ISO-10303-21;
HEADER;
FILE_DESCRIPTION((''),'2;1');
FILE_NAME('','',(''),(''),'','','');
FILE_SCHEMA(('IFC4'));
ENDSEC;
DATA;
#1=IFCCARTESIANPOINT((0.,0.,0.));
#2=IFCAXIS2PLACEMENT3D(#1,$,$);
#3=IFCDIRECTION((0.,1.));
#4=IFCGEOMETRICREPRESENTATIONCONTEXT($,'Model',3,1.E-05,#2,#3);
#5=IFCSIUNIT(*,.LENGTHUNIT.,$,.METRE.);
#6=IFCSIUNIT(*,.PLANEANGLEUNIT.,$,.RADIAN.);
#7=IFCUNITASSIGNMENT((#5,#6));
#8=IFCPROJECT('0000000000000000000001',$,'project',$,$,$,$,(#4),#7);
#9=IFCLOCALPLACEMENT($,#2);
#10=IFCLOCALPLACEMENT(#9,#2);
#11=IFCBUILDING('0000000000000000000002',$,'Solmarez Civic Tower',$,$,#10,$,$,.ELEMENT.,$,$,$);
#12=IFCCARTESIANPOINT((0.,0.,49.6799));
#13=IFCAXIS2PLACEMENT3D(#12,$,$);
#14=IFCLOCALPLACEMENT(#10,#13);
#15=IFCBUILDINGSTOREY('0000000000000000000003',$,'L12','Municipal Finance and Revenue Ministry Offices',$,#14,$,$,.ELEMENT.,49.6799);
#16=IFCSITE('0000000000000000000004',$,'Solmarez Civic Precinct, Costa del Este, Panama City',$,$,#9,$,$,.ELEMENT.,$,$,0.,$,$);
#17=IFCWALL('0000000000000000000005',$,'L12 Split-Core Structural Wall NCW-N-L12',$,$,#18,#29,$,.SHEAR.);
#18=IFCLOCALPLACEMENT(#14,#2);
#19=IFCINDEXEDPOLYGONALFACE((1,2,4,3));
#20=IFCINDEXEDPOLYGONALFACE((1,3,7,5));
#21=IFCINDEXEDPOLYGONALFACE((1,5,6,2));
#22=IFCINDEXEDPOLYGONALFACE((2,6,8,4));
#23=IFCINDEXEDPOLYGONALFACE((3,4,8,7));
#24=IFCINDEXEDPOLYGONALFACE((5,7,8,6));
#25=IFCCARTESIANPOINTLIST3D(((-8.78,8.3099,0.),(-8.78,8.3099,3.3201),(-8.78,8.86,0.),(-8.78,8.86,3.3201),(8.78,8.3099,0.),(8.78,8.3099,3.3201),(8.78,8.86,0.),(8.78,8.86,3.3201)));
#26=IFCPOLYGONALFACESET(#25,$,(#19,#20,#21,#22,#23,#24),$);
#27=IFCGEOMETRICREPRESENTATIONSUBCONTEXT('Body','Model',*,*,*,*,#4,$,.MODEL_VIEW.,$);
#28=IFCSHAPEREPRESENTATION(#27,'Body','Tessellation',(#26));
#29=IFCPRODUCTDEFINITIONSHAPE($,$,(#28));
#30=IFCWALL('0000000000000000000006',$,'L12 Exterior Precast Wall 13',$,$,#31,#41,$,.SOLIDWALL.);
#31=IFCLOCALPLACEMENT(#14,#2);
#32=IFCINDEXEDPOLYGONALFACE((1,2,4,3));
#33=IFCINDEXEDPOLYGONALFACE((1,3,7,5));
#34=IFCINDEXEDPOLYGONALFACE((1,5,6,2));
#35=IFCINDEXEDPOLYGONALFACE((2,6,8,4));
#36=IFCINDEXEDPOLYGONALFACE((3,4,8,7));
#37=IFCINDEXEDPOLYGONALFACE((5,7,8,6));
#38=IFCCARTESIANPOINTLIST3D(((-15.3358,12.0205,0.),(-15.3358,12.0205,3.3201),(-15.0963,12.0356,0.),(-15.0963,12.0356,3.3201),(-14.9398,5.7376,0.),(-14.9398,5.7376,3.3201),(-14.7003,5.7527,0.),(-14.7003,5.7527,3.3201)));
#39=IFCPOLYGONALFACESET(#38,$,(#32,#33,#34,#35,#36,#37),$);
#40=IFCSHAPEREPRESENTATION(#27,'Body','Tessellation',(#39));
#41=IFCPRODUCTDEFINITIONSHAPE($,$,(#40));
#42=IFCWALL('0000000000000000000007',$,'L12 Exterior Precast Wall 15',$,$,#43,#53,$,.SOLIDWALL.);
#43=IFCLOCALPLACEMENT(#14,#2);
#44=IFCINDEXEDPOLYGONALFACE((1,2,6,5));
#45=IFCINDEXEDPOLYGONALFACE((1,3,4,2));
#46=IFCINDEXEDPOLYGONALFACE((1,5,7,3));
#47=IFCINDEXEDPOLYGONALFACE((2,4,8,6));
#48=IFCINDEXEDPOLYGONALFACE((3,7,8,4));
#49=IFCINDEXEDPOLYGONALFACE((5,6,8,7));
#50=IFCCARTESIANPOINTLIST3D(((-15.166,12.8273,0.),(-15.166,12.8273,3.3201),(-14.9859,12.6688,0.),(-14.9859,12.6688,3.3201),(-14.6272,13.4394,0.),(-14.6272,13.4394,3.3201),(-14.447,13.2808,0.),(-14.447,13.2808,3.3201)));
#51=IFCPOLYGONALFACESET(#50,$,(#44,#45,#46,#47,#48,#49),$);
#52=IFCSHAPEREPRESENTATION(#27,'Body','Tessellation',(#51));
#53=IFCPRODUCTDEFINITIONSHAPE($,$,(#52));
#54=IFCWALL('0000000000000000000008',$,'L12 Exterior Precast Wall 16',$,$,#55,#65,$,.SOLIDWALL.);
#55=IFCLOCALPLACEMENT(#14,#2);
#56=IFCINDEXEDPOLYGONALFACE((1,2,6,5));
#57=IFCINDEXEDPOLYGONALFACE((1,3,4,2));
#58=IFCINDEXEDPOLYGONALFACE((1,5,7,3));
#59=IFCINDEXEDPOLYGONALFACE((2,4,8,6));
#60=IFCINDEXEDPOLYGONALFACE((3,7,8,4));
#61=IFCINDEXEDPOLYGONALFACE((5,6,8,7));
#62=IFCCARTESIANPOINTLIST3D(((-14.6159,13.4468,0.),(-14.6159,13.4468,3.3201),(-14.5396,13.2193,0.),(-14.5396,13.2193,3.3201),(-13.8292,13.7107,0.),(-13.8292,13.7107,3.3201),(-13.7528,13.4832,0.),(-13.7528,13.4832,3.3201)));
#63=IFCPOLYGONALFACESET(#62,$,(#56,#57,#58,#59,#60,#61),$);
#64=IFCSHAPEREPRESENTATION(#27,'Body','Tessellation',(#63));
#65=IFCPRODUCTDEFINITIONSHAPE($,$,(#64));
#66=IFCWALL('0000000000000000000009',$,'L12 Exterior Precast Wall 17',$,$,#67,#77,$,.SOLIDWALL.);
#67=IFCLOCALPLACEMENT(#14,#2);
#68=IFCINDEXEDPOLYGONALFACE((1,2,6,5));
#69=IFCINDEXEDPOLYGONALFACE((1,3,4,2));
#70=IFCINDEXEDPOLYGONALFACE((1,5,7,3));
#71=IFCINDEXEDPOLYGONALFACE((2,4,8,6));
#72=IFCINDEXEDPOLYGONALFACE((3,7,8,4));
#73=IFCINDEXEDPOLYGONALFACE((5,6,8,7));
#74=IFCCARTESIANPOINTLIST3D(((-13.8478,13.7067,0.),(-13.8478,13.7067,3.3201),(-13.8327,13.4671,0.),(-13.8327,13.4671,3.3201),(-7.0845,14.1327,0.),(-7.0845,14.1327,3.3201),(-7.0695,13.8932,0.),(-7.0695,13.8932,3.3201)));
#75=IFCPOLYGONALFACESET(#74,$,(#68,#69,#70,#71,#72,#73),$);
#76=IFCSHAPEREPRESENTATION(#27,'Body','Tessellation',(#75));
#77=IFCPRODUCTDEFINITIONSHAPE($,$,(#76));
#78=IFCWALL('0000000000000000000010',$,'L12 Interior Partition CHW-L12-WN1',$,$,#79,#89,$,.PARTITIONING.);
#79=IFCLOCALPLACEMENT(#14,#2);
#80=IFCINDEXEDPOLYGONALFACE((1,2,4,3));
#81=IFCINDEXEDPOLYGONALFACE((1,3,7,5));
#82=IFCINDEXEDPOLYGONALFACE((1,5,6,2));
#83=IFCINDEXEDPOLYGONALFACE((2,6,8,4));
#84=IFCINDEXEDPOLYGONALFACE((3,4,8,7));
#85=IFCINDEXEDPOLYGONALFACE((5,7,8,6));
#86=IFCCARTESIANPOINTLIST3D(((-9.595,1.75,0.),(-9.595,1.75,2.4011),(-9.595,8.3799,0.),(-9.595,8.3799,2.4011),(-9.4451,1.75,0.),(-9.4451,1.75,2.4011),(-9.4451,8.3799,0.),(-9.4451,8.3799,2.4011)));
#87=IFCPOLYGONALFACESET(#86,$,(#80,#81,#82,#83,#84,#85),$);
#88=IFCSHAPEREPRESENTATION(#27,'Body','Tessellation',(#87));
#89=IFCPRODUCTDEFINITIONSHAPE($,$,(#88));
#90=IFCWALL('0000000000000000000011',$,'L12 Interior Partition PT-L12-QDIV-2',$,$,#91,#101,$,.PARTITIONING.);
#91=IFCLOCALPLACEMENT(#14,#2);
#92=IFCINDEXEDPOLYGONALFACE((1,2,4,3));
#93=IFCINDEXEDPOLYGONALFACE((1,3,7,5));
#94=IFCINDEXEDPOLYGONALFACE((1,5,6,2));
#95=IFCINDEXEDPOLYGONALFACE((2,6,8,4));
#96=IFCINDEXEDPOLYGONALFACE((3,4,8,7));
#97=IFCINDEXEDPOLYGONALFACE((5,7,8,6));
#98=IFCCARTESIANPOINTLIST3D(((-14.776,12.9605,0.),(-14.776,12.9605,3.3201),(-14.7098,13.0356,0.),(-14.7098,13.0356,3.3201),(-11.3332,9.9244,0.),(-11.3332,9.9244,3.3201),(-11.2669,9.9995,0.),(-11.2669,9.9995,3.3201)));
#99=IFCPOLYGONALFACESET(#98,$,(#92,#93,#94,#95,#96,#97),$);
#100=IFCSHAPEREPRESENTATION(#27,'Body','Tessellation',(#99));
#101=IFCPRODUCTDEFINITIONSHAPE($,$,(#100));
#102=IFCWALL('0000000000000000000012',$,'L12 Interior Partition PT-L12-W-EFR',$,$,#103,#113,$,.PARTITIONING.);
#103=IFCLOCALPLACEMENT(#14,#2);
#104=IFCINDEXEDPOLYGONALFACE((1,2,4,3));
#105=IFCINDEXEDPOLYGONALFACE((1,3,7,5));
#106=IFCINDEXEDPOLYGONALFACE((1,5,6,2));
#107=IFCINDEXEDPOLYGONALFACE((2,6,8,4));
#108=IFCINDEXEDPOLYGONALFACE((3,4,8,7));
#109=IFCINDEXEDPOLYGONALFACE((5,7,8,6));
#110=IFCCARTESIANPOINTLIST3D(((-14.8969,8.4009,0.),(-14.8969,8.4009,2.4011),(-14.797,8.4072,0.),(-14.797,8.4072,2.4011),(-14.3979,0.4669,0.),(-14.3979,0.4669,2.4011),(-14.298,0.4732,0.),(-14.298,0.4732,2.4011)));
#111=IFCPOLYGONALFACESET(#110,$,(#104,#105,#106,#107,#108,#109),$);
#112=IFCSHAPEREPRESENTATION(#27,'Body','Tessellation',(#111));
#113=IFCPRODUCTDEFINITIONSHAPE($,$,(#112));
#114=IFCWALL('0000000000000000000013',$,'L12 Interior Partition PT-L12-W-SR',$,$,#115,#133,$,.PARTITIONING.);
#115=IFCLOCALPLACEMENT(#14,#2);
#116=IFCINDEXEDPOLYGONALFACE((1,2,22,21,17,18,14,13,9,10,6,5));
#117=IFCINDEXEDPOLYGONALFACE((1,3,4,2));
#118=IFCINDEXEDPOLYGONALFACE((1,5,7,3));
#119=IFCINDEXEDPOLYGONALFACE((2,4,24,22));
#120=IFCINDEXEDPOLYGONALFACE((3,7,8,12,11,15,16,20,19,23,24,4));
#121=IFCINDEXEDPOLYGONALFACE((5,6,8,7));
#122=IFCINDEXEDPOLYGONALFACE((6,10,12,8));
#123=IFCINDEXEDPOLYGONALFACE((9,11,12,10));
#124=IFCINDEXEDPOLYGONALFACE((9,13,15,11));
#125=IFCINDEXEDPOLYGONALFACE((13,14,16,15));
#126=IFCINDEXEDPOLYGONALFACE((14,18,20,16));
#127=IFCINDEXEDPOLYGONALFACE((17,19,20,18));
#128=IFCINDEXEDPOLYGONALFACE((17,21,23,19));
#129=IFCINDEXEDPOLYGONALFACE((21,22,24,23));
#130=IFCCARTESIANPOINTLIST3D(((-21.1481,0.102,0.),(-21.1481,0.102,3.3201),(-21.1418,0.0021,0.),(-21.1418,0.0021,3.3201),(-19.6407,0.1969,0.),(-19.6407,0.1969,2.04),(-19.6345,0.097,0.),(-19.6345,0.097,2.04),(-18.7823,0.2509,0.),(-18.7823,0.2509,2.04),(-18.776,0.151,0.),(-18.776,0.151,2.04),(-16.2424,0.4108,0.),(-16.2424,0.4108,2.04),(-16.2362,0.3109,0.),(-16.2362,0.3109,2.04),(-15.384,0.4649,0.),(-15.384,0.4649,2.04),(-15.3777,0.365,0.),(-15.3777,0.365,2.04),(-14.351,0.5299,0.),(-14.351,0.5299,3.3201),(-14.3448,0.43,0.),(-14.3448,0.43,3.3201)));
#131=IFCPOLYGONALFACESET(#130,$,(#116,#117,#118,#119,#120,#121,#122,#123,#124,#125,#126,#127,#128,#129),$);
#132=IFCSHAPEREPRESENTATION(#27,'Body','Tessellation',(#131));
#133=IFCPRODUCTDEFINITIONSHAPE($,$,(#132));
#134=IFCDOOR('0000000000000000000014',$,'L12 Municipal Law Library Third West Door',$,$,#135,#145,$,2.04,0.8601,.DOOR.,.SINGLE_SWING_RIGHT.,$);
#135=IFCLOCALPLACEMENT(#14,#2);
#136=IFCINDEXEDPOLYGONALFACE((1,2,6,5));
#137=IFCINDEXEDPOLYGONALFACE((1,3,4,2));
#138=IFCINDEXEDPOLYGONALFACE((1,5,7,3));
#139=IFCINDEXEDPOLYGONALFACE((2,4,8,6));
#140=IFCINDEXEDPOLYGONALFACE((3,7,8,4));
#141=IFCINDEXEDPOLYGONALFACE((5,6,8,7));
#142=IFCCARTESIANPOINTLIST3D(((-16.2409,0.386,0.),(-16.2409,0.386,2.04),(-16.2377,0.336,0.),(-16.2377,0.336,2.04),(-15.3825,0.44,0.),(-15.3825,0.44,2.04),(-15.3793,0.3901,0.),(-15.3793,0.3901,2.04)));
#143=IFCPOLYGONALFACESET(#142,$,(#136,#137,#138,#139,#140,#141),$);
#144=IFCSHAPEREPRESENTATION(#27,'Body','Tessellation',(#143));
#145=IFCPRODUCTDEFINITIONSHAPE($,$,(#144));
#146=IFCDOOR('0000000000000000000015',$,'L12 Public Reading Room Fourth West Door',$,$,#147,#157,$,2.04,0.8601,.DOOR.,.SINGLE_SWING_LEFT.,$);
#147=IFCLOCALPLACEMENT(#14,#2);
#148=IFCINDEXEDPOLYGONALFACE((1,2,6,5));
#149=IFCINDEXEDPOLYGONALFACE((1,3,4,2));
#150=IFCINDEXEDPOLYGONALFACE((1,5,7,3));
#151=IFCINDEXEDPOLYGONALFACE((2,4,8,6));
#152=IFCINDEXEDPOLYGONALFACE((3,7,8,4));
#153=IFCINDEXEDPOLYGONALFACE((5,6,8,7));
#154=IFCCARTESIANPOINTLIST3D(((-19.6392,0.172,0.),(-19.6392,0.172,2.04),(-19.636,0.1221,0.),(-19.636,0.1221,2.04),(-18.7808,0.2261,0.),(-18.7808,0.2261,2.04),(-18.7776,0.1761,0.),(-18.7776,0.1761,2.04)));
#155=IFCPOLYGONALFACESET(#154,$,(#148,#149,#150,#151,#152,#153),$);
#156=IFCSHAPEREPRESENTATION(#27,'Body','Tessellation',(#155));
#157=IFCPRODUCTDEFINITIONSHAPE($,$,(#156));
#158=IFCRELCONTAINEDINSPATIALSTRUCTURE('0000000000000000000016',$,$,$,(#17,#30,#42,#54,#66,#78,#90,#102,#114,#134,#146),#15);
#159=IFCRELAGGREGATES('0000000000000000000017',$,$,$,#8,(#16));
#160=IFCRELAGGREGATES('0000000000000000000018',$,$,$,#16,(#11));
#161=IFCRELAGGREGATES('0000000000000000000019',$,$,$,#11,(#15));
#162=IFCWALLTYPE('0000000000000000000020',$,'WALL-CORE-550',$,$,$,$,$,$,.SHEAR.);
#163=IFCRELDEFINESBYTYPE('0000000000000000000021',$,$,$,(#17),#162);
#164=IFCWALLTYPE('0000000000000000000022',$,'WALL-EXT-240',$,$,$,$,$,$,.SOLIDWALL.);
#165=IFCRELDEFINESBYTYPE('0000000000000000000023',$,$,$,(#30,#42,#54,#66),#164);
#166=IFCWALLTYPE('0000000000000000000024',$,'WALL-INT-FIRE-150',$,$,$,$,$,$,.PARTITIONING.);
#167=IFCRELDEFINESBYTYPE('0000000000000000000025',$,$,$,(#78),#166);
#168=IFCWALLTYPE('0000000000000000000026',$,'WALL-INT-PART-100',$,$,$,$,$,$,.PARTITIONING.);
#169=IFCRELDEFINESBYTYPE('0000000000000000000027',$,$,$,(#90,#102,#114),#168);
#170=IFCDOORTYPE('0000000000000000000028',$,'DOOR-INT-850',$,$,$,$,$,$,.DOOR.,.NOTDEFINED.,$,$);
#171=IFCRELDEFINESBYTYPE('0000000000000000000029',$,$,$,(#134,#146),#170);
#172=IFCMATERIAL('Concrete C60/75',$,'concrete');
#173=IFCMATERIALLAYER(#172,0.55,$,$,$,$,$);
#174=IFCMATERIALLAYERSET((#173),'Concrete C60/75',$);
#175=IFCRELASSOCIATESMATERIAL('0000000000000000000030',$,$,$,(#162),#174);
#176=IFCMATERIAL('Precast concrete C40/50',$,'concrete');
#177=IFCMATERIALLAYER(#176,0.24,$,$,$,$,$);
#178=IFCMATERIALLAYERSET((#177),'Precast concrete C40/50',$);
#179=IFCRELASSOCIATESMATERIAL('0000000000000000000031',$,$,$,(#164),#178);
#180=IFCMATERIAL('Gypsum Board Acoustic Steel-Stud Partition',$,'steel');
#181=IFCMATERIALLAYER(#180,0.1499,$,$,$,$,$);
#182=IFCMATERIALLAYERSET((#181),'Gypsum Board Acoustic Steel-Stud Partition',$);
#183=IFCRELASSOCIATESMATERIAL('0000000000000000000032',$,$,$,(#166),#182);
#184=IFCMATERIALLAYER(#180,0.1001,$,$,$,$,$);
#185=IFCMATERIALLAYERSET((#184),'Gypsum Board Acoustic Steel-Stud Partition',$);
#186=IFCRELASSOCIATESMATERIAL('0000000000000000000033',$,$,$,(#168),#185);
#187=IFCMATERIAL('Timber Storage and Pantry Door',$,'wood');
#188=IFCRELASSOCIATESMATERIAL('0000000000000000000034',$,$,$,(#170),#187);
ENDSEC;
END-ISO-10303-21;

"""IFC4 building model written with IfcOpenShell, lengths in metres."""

from ifc_helpers import new_model, si_unit, direction, frame, frame_2d, origin, place, context, subcontext, project, spatial, rectangle, extrude, material, layer, layer_set, type_object, element, fill, save


model = new_model("IFC4")

# Units and contexts
model_context = context("Model", 3, precision=1e-05, world=origin(), true_north=direction((0.0, 1.0)))
body_context = subcontext(model_context, "Body", "Model", "MODEL_VIEW")
ifc_project = project(units=[si_unit("LENGTHUNIT", "METRE"), si_unit("PLANEANGLEUNIT", "RADIAN")], contexts=[model_context])

# Site, building, storey
site_placement = place(None, origin())
site = spatial("IfcSite", under=ifc_project, at=site_placement, Name="Solmarez Civic Precinct, Costa del Este, Panama City", CompositionType="ELEMENT", RefElevation=0.0)
building_placement = place(site_placement, origin())
building = spatial("IfcBuilding", under=site, at=building_placement, Name="Solmarez Civic Tower", CompositionType="ELEMENT")
storey_placement = place(building_placement, frame((0.0, 0.0, 49.6799)))
storey = spatial("IfcBuildingStorey", under=building, at=storey_placement, Name="L12", Description="Municipal Finance and Revenue Ministry Offices", CompositionType="ELEMENT", Elevation=49.6799)

# Shared definitions
ifc_material_1 = material(Name="Concrete C60/75", Category="concrete")

# Walls
ifc_layer_1 = layer(ifc_material_1, 0.55)
ifc_layer_set_1 = layer_set([ifc_layer_1], Name="Concrete C60/75")
wall_type_1 = type_object("IfcWallType", Name="WALL-CORE-550", PredefinedType="SHEAR", material=ifc_layer_set_1)
wall_1_placement = place(storey_placement, frame((-8.78, 8.585, 0.0), z_axis=(0.0, 0.0, 1.0), x_axis=(1.0, 0.0, 0.0)))
element("IfcWall", 1, at=wall_1_placement, inside=storey, type_object=wall_type_1, Name="L12 Split-Core Structural Wall NCW-N-L12", PredefinedType="SHEAR", context=body_context, shape_type="SweptSolid", body=[
    extrude(rectangle(XDim=17.5601, YDim=0.55, at=frame_2d((8.78, 0.0))), origin(), (0.0, 0.0, 1.0), 3.3201),
])
ifc_material_2 = material(Name="Precast concrete C40/50", Category="concrete")
ifc_layer_2 = layer(ifc_material_2, 0.24)
ifc_layer_set_2 = layer_set([ifc_layer_2], Name="Precast concrete C40/50")
wall_type_2 = type_object("IfcWallType", Name="WALL-EXT-240", PredefinedType="SOLIDWALL", material=ifc_layer_set_2)
wall_2_placement = place(storey_placement, frame((-14.8201, 5.7451, 0.0), z_axis=(0.0, 0.0, 1.0), x_axis=(-0.062902, 0.99802, 0.0)))
element("IfcWall", 2, at=wall_2_placement, inside=storey, type_object=wall_type_2, Name="L12 Exterior Precast Wall 13", PredefinedType="SOLIDWALL", context=body_context, shape_type="SweptSolid", body=[
    extrude(rectangle(XDim=6.2954, YDim=0.24, at=frame_2d((3.1477, 0.0))), origin(), (0.0, 0.0, 1.0), 3.3201),
])
wall_3_placement = place(storey_placement, frame((-15.0759, 12.748, 0.0), z_axis=(0.0, 0.0, 1.0), x_axis=(0.66077, 0.750589, 0.0)))
element("IfcWall", 3, at=wall_3_placement, inside=storey, type_object=wall_type_2, Name="L12 Exterior Precast Wall 15", PredefinedType="SOLIDWALL", context=body_context, shape_type="SweptSolid", body=[
    extrude(rectangle(XDim=0.8154, YDim=0.24, at=frame_2d((0.4077, 0.0))), origin(), (0.0, 0.0, 1.0), 3.3201),
])
wall_4_placement = place(storey_placement, frame((-14.5779, 13.333, 0.0), z_axis=(0.0, 0.0, 1.0), x_axis=(0.948093, 0.317992, 0.0)))
element("IfcWall", 4, at=wall_4_placement, inside=storey, type_object=wall_type_2, Name="L12 Exterior Precast Wall 16", PredefinedType="SOLIDWALL", context=body_context, shape_type="SweptSolid", body=[
    extrude(rectangle(XDim=0.8298, YDim=0.24, at=frame_2d((0.415, 0.0))), origin(), (0.0, 0.0, 1.0), 3.3201),
])
wall_5_placement = place(storey_placement, frame((-13.8401, 13.5869, 0.0), z_axis=(0.0, 0.0, 1.0), x_axis=(0.998022, 0.062867, 0.0)))
element("IfcWall", 5, at=wall_5_placement, inside=storey, type_object=wall_type_2, Name="L12 Exterior Precast Wall 17", PredefinedType="SOLIDWALL", context=body_context, shape_type="SweptSolid", body=[
    extrude(rectangle(XDim=6.7766, YDim=0.24, at=frame_2d((3.3882, 0.0))), origin(), (0.0, 0.0, 1.0), 3.3201),
])
ifc_material_3 = material(Name="Gypsum Board Acoustic Steel-Stud Partition", Category="steel")
ifc_layer_3 = layer(ifc_material_3, 0.1499)
ifc_layer_set_3 = layer_set([ifc_layer_3], Name="Gypsum Board Acoustic Steel-Stud Partition")
wall_type_3 = type_object("IfcWallType", Name="WALL-INT-FIRE-150", PredefinedType="PARTITIONING", material=ifc_layer_set_3)
wall_6_placement = place(storey_placement, frame((-9.52, 1.75, 0.0), z_axis=(0.0, 0.0, 1.0), x_axis=(0.0, 1.0, 0.0)))
element("IfcWall", 6, at=wall_6_placement, inside=storey, type_object=wall_type_3, Name="L12 Interior Partition CHW-L12-WN1", PredefinedType="PARTITIONING", context=body_context, shape_type="SweptSolid", body=[
    extrude(rectangle(XDim=6.6299, YDim=0.1499, at=frame_2d((3.3149, 0.0))), origin(), (0.0, 0.0, 1.0), 2.4011),
])
ifc_layer_4 = layer(ifc_material_3, 0.1001)
ifc_layer_set_4 = layer_set([ifc_layer_4], Name="Gypsum Board Acoustic Steel-Stud Partition")
wall_type_4 = type_object("IfcWallType", Name="WALL-INT-PART-100", PredefinedType="PARTITIONING", material=ifc_layer_set_4)
wall_7_placement = place(storey_placement, frame((-11.3, 9.9619, 0.0), z_axis=(0.0, 0.0, 1.0), x_axis=(-0.750021, 0.661414, 0.0)))
element("IfcWall", 7, at=wall_7_placement, inside=storey, type_object=wall_type_4, Name="L12 Interior Partition PT-L12-QDIV-2", PredefinedType="PARTITIONING", context=body_context, shape_type="SweptSolid", body=[
    extrude(rectangle(XDim=4.5903, YDim=0.1001, at=frame_2d((2.2952, 0.0))), origin(), (0.0, 0.0, 1.0), 3.3201),
])
wall_8_placement = place(storey_placement, frame((-14.8469, 8.4041, 0.0), z_axis=(0.0, 0.0, 1.0), x_axis=(0.062772, -0.998028, 0.0)))
element("IfcWall", 8, at=wall_8_placement, inside=storey, type_object=wall_type_4, Name="L12 Interior Partition PT-L12-W-EFR", PredefinedType="PARTITIONING", context=body_context, shape_type="SweptSolid", body=[
    extrude(rectangle(XDim=7.9497, YDim=0.1001, at=frame_2d((3.9749, 0.0))), origin(), (0.0, 0.0, 1.0), 2.4011),
])

# Wall, openings, doors
wall_9_placement = place(storey_placement, frame((-14.3479, 0.48, 0.0), z_axis=(0.0, 0.0, 1.0), x_axis=(-0.998024, -0.06284, 0.0)))
wall_9 = element("IfcWall", 9, at=wall_9_placement, inside=storey, type_object=wall_type_4, Name="L12 Interior Partition PT-L12-W-SR", PredefinedType="PARTITIONING", context=body_context, shape_type="SweptSolid", body=[
    extrude(rectangle(XDim=6.8105, YDim=0.1001, at=frame_2d((3.4053, 0.0))), origin(), (0.0, 0.0, 1.0), 3.3201),
])
opening_1_placement = place(wall_9_placement, frame((1.0349, 0.0, 0.0)))
opening_1 = element("IfcOpeningElement", 10, at=opening_1_placement, cuts=wall_9, PredefinedType="OPENING", context=body_context, shape_type="SweptSolid", body=[
    extrude(rectangle(XDim=0.8601, YDim=2.04, at=frame_2d((0.4302, 1.02))), frame((0.0, 0.0601, 0.0), z_axis=(0.0, -1.0, 0.0), x_axis=(1.0, 0.0, 0.0)), (0.0, 0.0, 1.0), 0.1201),
])
opening_2_placement = place(wall_9_placement, frame((4.4399, 0.0, 0.0)))
opening_2 = element("IfcOpeningElement", 11, at=opening_2_placement, cuts=wall_9, PredefinedType="OPENING", context=body_context, shape_type="SweptSolid", body=[
    extrude(rectangle(XDim=0.8601, YDim=2.04, at=frame_2d((0.4302, 1.02))), frame((0.0, 0.0601, 0.0), z_axis=(0.0, -1.0, 0.0), x_axis=(1.0, 0.0, 0.0)), (0.0, 0.0, 1.0), 0.1201),
])
ifc_material_4 = material(Name="Timber Storage and Pantry Door", Category="wood")
door_type = type_object("IfcDoorType", Name="DOOR-INT-850", OperationType="NOTDEFINED", PredefinedType="DOOR", material=ifc_material_4)
door_1_placement = place(opening_1_placement, origin())
door_1 = element("IfcDoor", 12, at=door_1_placement, inside=storey, type_object=door_type, Name="L12 Municipal Law Library Third West Door", OperationType="SINGLE_SWING_RIGHT", OverallHeight=2.04, OverallWidth=0.8601, PredefinedType="DOOR", context=body_context, shape_type="SweptSolid", body=[
    extrude(rectangle(XDim=0.8601, YDim=2.04, at=frame_2d((0.4302, 1.02))), frame((0.0, 0.0249, 0.0), z_axis=(0.0, -1.0, 0.0), x_axis=(1.0, 0.0, 0.0)), (0.0, 0.0, 1.0), 0.05),
])
fill(opening_1, door_1)
door_2_placement = place(opening_2_placement, origin())
door_2 = element("IfcDoor", 13, at=door_2_placement, inside=storey, type_object=door_type, Name="L12 Public Reading Room Fourth West Door", OperationType="SINGLE_SWING_LEFT", OverallHeight=2.04, OverallWidth=0.8601, PredefinedType="DOOR", context=body_context, shape_type="SweptSolid", body=[
    extrude(rectangle(XDim=0.8601, YDim=2.04, at=frame_2d((0.4302, 1.02))), frame((0.0, 0.0249, 0.0), z_axis=(0.0, -1.0, 0.0), x_axis=(1.0, 0.0, 0.0)), (0.0, 0.0, 1.0), 0.05),
])
fill(opening_2, door_2)

save(model, "model.ifc")
